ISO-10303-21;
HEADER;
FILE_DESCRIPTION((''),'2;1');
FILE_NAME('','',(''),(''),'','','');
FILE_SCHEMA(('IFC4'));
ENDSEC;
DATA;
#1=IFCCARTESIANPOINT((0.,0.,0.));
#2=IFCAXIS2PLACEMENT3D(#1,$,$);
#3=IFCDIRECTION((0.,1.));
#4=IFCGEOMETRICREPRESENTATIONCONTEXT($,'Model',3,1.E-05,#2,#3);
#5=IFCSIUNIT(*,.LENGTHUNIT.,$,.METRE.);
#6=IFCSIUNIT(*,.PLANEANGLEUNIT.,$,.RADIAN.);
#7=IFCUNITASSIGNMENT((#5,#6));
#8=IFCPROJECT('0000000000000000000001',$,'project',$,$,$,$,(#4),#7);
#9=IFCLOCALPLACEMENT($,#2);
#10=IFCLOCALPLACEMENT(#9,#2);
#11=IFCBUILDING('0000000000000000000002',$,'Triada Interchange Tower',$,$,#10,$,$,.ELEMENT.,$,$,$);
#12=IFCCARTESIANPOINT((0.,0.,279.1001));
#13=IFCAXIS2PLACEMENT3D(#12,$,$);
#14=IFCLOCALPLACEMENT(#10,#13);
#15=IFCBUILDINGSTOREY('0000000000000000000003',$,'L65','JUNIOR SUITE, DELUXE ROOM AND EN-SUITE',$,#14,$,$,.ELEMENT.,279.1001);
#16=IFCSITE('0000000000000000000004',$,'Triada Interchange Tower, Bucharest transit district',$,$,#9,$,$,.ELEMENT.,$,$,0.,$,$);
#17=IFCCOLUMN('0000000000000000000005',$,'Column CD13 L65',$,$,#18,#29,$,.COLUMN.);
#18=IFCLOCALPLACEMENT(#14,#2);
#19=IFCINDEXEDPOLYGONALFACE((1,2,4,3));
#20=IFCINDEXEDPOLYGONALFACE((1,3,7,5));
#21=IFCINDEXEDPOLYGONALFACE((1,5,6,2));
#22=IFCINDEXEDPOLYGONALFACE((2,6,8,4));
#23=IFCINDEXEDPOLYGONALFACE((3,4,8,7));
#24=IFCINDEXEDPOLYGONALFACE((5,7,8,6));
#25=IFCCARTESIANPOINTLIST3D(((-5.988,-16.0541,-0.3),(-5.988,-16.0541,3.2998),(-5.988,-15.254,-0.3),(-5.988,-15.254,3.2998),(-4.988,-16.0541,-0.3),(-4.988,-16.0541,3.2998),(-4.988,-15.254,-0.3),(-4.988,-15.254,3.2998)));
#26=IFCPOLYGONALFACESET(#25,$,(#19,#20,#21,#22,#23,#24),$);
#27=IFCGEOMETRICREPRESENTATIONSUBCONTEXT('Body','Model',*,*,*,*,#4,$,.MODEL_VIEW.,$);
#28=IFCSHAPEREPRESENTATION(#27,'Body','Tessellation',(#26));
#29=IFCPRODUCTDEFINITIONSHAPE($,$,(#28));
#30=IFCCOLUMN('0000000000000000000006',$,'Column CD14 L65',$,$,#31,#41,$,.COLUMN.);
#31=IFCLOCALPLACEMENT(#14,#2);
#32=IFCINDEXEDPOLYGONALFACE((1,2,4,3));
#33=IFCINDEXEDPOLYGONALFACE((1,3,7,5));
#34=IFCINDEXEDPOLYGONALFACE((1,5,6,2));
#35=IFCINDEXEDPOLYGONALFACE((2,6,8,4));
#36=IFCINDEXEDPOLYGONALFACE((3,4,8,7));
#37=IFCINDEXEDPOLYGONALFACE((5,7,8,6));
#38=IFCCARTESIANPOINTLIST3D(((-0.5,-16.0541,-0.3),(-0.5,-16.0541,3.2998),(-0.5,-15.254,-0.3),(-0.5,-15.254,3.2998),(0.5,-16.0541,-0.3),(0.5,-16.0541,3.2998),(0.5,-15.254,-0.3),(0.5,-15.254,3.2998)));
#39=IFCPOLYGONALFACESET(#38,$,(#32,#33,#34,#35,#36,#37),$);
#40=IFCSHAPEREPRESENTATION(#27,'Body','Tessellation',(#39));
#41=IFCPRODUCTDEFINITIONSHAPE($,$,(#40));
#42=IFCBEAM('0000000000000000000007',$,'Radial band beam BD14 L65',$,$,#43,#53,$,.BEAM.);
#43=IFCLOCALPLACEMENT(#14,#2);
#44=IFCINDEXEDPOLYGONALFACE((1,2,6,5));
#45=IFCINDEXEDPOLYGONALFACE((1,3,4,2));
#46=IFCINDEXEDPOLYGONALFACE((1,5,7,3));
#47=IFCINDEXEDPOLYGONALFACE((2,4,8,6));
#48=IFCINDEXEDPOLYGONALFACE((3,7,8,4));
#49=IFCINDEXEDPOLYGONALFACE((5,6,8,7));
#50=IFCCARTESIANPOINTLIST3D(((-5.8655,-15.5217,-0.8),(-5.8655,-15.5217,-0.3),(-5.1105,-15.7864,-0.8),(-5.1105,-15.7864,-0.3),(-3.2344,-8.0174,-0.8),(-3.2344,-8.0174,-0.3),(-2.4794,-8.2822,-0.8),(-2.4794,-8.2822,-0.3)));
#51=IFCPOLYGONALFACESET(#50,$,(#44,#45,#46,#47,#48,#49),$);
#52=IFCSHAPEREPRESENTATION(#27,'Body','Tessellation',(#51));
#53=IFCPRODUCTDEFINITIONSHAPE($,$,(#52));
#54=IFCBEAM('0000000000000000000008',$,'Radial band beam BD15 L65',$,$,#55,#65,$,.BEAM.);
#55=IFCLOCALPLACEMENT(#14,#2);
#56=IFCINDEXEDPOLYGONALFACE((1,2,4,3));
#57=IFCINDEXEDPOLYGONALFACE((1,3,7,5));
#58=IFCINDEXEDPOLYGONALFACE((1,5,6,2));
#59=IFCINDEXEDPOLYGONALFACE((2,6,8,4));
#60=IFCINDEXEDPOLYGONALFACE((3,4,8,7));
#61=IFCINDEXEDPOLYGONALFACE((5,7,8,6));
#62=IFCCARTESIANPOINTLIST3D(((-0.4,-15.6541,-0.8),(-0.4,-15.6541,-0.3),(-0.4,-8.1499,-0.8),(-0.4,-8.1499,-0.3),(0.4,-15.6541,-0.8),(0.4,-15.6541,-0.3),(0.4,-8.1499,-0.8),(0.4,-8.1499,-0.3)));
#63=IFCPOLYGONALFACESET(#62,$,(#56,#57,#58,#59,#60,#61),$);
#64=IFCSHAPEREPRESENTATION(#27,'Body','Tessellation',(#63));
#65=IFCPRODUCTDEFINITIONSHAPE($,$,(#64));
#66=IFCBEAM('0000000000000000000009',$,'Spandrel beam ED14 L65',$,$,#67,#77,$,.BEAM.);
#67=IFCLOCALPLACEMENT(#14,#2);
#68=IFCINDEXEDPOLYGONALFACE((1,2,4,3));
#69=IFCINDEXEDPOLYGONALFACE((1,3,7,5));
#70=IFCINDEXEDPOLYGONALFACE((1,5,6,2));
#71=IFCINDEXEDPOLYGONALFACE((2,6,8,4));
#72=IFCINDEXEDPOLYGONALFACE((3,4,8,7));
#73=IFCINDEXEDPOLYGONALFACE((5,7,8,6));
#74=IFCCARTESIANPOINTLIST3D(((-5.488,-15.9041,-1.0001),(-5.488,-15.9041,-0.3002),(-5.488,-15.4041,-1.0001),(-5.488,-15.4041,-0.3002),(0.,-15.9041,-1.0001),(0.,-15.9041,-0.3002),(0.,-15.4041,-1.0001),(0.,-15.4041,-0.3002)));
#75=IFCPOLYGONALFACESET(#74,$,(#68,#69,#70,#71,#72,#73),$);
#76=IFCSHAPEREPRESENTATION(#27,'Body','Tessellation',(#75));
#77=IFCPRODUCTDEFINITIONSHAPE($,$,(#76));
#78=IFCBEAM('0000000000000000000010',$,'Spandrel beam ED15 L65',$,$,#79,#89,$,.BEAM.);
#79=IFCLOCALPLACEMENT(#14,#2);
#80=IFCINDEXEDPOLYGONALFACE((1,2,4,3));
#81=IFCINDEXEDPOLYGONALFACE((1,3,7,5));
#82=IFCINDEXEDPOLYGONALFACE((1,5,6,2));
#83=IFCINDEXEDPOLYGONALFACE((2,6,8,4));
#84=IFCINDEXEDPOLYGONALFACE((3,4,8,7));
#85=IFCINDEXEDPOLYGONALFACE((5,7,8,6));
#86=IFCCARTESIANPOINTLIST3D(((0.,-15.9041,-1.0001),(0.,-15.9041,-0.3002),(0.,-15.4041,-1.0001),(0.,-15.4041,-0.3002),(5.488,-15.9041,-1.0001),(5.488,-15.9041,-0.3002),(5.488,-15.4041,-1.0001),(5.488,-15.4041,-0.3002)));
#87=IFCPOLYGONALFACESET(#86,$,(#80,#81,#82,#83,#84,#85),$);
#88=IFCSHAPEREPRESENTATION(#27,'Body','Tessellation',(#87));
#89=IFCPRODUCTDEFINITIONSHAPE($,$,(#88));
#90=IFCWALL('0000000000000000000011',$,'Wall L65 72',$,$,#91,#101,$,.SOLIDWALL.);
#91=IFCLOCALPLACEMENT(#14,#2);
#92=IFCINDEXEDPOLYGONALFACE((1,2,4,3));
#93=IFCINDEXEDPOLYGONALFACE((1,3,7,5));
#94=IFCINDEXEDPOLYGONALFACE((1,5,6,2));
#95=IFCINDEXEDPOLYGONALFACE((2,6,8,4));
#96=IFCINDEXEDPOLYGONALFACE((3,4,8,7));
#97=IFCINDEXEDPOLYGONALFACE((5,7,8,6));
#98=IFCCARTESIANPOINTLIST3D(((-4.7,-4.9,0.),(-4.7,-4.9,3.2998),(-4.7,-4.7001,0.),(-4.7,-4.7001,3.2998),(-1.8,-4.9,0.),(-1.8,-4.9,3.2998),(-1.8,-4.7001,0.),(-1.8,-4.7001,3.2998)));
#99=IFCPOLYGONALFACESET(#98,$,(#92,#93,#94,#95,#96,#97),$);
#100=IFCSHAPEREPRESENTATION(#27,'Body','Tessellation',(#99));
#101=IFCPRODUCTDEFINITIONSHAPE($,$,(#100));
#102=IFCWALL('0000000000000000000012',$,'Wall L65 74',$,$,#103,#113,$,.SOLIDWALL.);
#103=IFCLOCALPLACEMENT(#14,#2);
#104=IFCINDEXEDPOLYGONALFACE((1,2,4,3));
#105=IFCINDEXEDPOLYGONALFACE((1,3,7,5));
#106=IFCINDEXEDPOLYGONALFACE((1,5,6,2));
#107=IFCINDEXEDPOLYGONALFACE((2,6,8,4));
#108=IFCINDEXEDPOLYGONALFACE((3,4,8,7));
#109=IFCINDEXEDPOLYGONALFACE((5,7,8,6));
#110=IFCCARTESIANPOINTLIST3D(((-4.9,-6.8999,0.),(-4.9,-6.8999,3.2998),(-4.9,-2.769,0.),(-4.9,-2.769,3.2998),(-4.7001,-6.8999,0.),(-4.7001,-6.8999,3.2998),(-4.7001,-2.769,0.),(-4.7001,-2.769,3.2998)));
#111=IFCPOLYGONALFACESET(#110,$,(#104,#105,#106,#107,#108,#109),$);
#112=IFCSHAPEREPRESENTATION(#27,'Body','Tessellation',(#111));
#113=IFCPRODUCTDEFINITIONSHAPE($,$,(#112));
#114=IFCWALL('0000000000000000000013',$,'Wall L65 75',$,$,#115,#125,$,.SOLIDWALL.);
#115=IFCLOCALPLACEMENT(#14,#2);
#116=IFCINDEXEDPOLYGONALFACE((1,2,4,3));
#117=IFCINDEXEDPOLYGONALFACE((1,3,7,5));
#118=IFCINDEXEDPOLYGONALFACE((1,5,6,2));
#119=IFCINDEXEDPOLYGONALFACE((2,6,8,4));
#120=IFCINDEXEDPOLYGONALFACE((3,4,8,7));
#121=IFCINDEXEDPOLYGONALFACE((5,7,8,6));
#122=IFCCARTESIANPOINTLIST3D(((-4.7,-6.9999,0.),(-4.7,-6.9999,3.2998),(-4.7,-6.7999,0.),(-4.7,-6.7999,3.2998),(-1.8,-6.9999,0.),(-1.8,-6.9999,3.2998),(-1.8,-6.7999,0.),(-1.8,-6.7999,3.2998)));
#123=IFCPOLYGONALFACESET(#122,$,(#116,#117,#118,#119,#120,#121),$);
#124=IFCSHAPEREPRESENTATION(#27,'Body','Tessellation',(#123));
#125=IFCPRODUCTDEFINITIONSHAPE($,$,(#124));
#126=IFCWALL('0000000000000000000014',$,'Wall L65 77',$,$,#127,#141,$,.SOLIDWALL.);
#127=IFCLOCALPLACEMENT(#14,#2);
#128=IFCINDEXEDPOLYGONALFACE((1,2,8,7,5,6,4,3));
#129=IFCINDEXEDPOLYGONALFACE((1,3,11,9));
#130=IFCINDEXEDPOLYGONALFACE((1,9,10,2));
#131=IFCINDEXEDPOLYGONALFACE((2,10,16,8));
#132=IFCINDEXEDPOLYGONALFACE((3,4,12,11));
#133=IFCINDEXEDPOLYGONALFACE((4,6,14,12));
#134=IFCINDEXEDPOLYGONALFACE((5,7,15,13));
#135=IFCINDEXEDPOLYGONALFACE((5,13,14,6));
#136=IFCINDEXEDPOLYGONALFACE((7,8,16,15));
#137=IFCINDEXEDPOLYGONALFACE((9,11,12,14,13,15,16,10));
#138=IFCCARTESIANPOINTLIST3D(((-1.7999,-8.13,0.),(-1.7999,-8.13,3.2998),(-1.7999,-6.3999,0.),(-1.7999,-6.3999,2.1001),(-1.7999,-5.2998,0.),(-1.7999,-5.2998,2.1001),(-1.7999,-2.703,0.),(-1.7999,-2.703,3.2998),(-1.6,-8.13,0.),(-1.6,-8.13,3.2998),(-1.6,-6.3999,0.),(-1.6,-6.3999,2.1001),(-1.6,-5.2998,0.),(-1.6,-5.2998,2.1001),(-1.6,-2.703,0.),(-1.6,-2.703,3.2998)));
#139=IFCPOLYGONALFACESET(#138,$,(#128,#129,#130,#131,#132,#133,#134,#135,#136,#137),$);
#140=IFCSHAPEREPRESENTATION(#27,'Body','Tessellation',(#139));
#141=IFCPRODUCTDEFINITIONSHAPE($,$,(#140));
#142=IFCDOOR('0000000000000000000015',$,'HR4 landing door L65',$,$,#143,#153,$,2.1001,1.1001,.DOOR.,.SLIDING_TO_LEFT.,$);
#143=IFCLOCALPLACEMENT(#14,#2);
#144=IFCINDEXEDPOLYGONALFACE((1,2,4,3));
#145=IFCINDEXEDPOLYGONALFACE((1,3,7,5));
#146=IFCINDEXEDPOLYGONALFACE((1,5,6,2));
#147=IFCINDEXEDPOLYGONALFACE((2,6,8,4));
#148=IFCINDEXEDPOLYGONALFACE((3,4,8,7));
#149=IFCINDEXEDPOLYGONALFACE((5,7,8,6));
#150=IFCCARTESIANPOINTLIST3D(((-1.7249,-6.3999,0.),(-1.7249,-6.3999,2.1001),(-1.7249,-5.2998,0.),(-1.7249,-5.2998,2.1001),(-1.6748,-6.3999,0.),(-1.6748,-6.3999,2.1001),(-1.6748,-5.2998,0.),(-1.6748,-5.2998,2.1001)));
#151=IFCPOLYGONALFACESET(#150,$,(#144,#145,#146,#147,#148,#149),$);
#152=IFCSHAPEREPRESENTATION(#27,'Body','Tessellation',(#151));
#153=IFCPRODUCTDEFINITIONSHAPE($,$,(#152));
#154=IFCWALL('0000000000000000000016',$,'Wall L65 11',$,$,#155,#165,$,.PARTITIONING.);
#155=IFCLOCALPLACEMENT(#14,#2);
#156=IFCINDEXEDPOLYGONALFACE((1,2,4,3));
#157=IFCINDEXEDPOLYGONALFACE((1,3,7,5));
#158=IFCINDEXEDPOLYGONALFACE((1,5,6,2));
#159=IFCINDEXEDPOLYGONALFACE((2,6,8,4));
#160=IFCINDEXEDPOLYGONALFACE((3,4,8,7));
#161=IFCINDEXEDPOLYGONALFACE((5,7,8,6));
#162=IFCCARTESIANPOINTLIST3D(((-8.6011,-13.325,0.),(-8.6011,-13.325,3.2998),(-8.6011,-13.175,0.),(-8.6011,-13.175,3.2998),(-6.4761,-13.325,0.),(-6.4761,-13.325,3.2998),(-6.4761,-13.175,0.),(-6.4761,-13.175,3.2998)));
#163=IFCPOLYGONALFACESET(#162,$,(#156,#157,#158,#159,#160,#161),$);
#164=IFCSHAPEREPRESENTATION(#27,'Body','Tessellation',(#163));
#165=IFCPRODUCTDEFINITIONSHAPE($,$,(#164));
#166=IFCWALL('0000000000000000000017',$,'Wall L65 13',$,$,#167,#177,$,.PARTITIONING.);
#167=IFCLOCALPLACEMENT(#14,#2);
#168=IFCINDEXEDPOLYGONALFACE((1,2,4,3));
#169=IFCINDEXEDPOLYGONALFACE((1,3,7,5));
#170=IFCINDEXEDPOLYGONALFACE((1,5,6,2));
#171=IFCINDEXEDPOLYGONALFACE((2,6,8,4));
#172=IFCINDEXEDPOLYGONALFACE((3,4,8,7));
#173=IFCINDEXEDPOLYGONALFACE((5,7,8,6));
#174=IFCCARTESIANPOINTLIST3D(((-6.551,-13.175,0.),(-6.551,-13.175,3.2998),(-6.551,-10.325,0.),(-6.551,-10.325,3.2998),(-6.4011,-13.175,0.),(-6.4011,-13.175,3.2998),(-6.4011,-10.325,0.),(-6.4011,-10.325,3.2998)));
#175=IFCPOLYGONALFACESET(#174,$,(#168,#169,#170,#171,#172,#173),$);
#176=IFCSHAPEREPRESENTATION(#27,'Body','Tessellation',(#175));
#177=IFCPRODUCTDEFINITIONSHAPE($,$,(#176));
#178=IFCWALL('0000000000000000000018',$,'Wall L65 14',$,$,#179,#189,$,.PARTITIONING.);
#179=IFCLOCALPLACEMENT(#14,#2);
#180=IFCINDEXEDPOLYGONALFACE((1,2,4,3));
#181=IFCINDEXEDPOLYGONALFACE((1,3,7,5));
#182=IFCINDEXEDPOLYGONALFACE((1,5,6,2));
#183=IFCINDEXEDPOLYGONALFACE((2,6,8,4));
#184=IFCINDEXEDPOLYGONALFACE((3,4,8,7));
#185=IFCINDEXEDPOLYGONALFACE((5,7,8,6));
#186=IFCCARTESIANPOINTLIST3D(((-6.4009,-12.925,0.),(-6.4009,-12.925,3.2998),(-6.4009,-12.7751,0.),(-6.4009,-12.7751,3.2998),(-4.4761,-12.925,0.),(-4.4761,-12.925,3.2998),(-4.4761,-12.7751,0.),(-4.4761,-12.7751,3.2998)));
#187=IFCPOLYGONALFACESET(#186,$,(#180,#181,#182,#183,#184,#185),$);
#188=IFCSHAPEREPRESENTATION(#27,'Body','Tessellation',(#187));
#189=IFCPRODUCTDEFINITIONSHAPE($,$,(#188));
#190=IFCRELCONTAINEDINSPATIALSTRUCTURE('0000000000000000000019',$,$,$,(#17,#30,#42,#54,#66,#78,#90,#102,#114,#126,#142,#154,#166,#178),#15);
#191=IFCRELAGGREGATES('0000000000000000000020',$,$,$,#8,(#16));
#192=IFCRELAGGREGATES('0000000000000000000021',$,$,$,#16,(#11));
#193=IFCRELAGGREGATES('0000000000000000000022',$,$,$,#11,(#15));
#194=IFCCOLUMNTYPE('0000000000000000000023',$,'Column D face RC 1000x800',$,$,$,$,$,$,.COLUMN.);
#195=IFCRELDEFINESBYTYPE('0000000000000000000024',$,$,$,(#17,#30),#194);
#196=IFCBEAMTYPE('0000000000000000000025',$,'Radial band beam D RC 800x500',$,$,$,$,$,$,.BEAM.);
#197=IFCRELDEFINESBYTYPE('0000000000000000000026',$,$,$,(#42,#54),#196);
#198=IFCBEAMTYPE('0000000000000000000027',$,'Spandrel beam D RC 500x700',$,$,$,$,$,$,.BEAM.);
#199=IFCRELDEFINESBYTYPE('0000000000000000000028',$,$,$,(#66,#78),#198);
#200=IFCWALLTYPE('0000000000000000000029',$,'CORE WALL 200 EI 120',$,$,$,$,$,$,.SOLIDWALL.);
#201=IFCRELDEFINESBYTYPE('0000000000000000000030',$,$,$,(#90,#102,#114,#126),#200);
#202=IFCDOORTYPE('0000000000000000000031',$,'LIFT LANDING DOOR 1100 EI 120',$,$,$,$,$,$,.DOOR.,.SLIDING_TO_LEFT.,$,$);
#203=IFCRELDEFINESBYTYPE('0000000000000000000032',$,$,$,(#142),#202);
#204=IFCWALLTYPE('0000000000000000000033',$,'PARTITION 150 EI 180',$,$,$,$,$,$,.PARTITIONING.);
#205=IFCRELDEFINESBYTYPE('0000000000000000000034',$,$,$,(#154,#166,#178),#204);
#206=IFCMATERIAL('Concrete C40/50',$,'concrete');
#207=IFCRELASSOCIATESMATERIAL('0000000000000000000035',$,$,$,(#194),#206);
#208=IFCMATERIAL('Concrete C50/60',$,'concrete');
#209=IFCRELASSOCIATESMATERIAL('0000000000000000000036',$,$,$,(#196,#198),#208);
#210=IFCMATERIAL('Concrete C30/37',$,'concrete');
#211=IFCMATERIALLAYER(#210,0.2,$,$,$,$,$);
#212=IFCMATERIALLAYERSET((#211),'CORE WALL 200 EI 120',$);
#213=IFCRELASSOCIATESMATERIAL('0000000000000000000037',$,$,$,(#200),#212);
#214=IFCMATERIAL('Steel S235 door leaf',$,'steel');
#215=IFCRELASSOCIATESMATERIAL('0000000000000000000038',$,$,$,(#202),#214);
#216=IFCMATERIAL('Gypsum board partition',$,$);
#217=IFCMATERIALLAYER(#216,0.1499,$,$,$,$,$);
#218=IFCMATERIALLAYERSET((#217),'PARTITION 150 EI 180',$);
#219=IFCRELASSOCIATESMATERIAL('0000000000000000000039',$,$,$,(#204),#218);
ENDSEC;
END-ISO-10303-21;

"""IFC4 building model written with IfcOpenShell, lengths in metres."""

from ifc_helpers import new_model, si_unit, direction, frame, frame_2d, origin, origin_2d, place, context, subcontext, project, spatial, rectangle, extrude, material, layer, layer_set, material_profile, profile_set, type_object, element, fill, save


model = new_model("IFC4")

# Units and contexts
model_context = context("Model", 3, precision=1e-05, world=origin(), true_north=direction((0.0, 1.0)))
body_context = subcontext(model_context, "Body", "Model", "MODEL_VIEW")
ifc_project = project(units=[si_unit("LENGTHUNIT", "METRE"), si_unit("PLANEANGLEUNIT", "RADIAN")], contexts=[model_context])

# Site, building, storey
site_placement = place(None, origin())
site = spatial("IfcSite", under=ifc_project, at=site_placement, Name="Triada Interchange Tower, Bucharest transit district", CompositionType="ELEMENT", RefElevation=0.0)
building_placement = place(site_placement, origin())
building = spatial("IfcBuilding", under=site, at=building_placement, Name="Triada Interchange Tower", CompositionType="ELEMENT")
storey_placement = place(building_placement, frame((0.0, 0.0, 279.1001)))
storey = spatial("IfcBuildingStorey", under=building, at=storey_placement, Name="L65", Description="JUNIOR SUITE, DELUXE ROOM AND EN-SUITE", CompositionType="ELEMENT", Elevation=279.1001)

# Columns
ifc_material_1 = material(Name="Concrete C40/50", Category="concrete")
ifc_material_profile_1 = material_profile(ifc_material_1, rectangle(XDim=1.0, YDim=0.8, at=origin_2d()), Name="RC 1000x800")
ifc_profile_set_1 = profile_set([ifc_material_profile_1], Name="Concrete C40/50")
column_type = type_object("IfcColumnType", Name="Column D face RC 1000x800", PredefinedType="COLUMN", material=ifc_profile_set_1)
for number, where, z_axis, x_axis, name in (
    (1, (-5.488, -15.6541, -0.3), (0.0, 0.0, 1.0), (1.0, 0.0, 0.0), "Column CD13 L65"),
    (2, (0.0, -15.6541, -0.3), (0.0, 0.0, 1.0), (1.0, 0.0, 0.0), "Column CD14 L65"),
):
    element("IfcColumn", number, at=place(storey_placement, frame(where, z_axis=z_axis, x_axis=x_axis)), inside=storey, type_object=column_type, Name=name, PredefinedType="COLUMN", context=body_context, shape_type="SweptSolid", body=[
        extrude(rectangle(XDim=1.0, YDim=0.8, at=origin_2d()), origin(), (0.0, 0.0, 1.0), 3.5999),
    ])

# Beams
ifc_material_2 = material(Name="Concrete C50/60", Category="concrete")
ifc_material_profile_2 = material_profile(ifc_material_2, rectangle(XDim=0.8, YDim=0.5, at=origin_2d()), Name="RC 800x500")
ifc_profile_set_2 = profile_set([ifc_material_profile_2], Name="Concrete C50/60")
beam_type_1 = type_object("IfcBeamType", Name="Radial band beam D RC 800x500", PredefinedType="BEAM", material=ifc_profile_set_2)
beam_1_placement = place(storey_placement, frame((-5.488, -15.6541, -0.55), z_axis=(0.330871, 0.943676, 0.0), x_axis=(-0.943676, 0.330871, 0.0)))
element("IfcBeam", 3, at=beam_1_placement, inside=storey, type_object=beam_type_1, Name="Radial band beam BD14 L65", PredefinedType="BEAM", context=body_context, shape_type="SweptSolid", body=[
    extrude(rectangle(XDim=0.8, YDim=0.5, at=origin_2d()), origin(), (0.0, 0.0, 1.0), 7.9521),
])
beam_2_placement = place(storey_placement, frame((0.0, -15.6541, -0.55), z_axis=(0.0, 1.0, 0.0), x_axis=(-1.0, 0.0, 0.0)))
element("IfcBeam", 4, at=beam_2_placement, inside=storey, type_object=beam_type_1, Name="Radial band beam BD15 L65", PredefinedType="BEAM", context=body_context, shape_type="SweptSolid", body=[
    extrude(rectangle(XDim=0.8, YDim=0.5, at=origin_2d()), origin(), (0.0, 0.0, 1.0), 7.5042),
])
ifc_material_profile_3 = material_profile(ifc_material_2, rectangle(XDim=0.5, YDim=0.7, at=origin_2d()), Name="RC 500x700")
ifc_profile_set_3 = profile_set([ifc_material_profile_3], Name="Concrete C50/60")
beam_type_2 = type_object("IfcBeamType", Name="Spandrel beam D RC 500x700", PredefinedType="BEAM", material=ifc_profile_set_3)
for number, where, z_axis, x_axis, name in (
    (5, (-5.488, -15.6541, -0.6501), (1.0, 0.0, 0.0), (0.0, 1.0, 0.0), "Spandrel beam ED14 L65"),
    (6, (0.0, -15.6541, -0.6501), (1.0, 0.0, 0.0), (0.0, 1.0, 0.0), "Spandrel beam ED15 L65"),
):
    element("IfcBeam", number, at=place(storey_placement, frame(where, z_axis=z_axis, x_axis=x_axis)), inside=storey, type_object=beam_type_2, Name=name, PredefinedType="BEAM", context=body_context, shape_type="SweptSolid", body=[
        extrude(rectangle(XDim=0.5, YDim=0.7, at=origin_2d()), origin(), (0.0, 0.0, 1.0), 5.488),
    ])

# Walls
ifc_material_3 = material(Name="Concrete C30/37", Category="concrete")
ifc_layer_1 = layer(ifc_material_3, 0.2)
ifc_layer_set_1 = layer_set([ifc_layer_1], Name="CORE WALL 200 EI 120")
wall_type_1 = type_object("IfcWallType", Name="CORE WALL 200 EI 120", PredefinedType="SOLIDWALL", material=ifc_layer_set_1)
wall_1_placement = place(storey_placement, frame((-4.7, -4.8, 0.0), z_axis=(0.0, 0.0, 1.0), x_axis=(1.0, 0.0, 0.0)))
element("IfcWall", 7, at=wall_1_placement, inside=storey, type_object=wall_type_1, Name="Wall L65 72", PredefinedType="SOLIDWALL", context=body_context, shape_type="SweptSolid", body=[
    extrude(rectangle(XDim=2.8999, YDim=0.2, at=frame_2d((1.45, 0.0))), origin(), (0.0, 0.0, 1.0), 3.2998),
])
wall_2_placement = place(storey_placement, frame((-4.8, -6.8999, 0.0), z_axis=(0.0, 0.0, 1.0), x_axis=(0.0, 1.0, 0.0)))
element("IfcWall", 8, at=wall_2_placement, inside=storey, type_object=wall_type_1, Name="Wall L65 74", PredefinedType="SOLIDWALL", context=body_context, shape_type="SweptSolid", body=[
    extrude(rectangle(XDim=4.1309, YDim=0.2, at=frame_2d((2.0654, 0.0))), origin(), (0.0, 0.0, 1.0), 3.2998),
])
wall_3_placement = place(storey_placement, frame((-4.7, -6.8999, 0.0), z_axis=(0.0, 0.0, 1.0), x_axis=(1.0, 0.0, 0.0)))
element("IfcWall", 9, at=wall_3_placement, inside=storey, type_object=wall_type_1, Name="Wall L65 75", PredefinedType="SOLIDWALL", context=body_context, shape_type="SweptSolid", body=[
    extrude(rectangle(XDim=2.8999, YDim=0.2, at=frame_2d((1.45, 0.0))), origin(), (0.0, 0.0, 1.0), 3.2998),
])

# Wall, opening, door
wall_4_placement = place(storey_placement, frame((-1.7, -8.1299, 0.0), z_axis=(0.0, 0.0, 1.0), x_axis=(0.0, 1.0, 0.0)))
wall_4 = element("IfcWall", 10, at=wall_4_placement, inside=storey, type_object=wall_type_1, Name="Wall L65 77", PredefinedType="SOLIDWALL", context=body_context, shape_type="SweptSolid", body=[
    extrude(rectangle(XDim=5.427, YDim=0.2, at=frame_2d((2.7134, 0.0))), origin(), (0.0, 0.0, 1.0), 3.2998),
])
opening_placement = place(wall_4_placement, frame((1.73, 0.0, 0.0)))
opening = element("IfcOpeningElement", 11, at=opening_placement, cuts=wall_4, PredefinedType="OPENING", context=body_context, shape_type="SweptSolid", body=[
    extrude(rectangle(XDim=1.1001, YDim=2.1001, at=frame_2d((0.55, 1.05))), frame((0.0, 0.1099, 0.0), z_axis=(0.0, -1.0, 0.0), x_axis=(1.0, 0.0, 0.0)), (0.0, 0.0, 1.0), 0.22),
])
ifc_material_4 = material(Name="Steel S235 door leaf", Category="steel")
door_type = type_object("IfcDoorType", Name="LIFT LANDING DOOR 1100 EI 120", OperationType="SLIDING_TO_LEFT", PredefinedType="DOOR", material=ifc_material_4)
door_placement = place(opening_placement, origin())
door = element("IfcDoor", 12, at=door_placement, inside=storey, type_object=door_type, Name="HR4 landing door L65", OperationType="SLIDING_TO_LEFT", OverallHeight=2.1001, OverallWidth=1.1001, PredefinedType="DOOR", context=body_context, shape_type="SweptSolid", body=[
    extrude(rectangle(XDim=1.1001, YDim=2.1001, at=frame_2d((0.55, 1.05))), frame((0.0, 0.0249, 0.0), z_axis=(0.0, -1.0, 0.0), x_axis=(1.0, 0.0, 0.0)), (0.0, 0.0, 1.0), 0.05),
])
fill(opening, door)

# Walls
ifc_material_5 = material(Name="Gypsum board partition")
ifc_layer_2 = layer(ifc_material_5, 0.1499)
ifc_layer_set_2 = layer_set([ifc_layer_2], Name="PARTITION 150 EI 180")
wall_type_2 = type_object("IfcWallType", Name="PARTITION 150 EI 180", PredefinedType="PARTITIONING", material=ifc_layer_set_2)
wall_5_placement = place(storey_placement, frame((-8.6011, -13.25, 0.0), z_axis=(0.0, 0.0, 1.0), x_axis=(1.0, 0.0, 0.0)))
element("IfcWall", 13, at=wall_5_placement, inside=storey, type_object=wall_type_2, Name="Wall L65 11", PredefinedType="PARTITIONING", context=body_context, shape_type="SweptSolid", body=[
    extrude(rectangle(XDim=2.125, YDim=0.1499, at=frame_2d((1.0625, 0.0))), origin(), (0.0, 0.0, 1.0), 3.2998),
])
wall_6_placement = place(storey_placement, frame((-6.4761, -13.175, 0.0), z_axis=(0.0, 0.0, 1.0), x_axis=(0.0, 1.0, 0.0)))
element("IfcWall", 14, at=wall_6_placement, inside=storey, type_object=wall_type_2, Name="Wall L65 13", PredefinedType="PARTITIONING", context=body_context, shape_type="SweptSolid", body=[
    extrude(rectangle(XDim=2.8501, YDim=0.1499, at=frame_2d((1.425, 0.0))), origin(), (0.0, 0.0, 1.0), 3.2998),
])
wall_7_placement = place(storey_placement, frame((-6.4009, -12.8501, 0.0), z_axis=(0.0, 0.0, 1.0), x_axis=(1.0, 0.0, 0.0)))
element("IfcWall", 15, at=wall_7_placement, inside=storey, type_object=wall_type_2, Name="Wall L65 14", PredefinedType="PARTITIONING", context=body_context, shape_type="SweptSolid", body=[
    extrude(rectangle(XDim=1.9248, YDim=0.1499, at=frame_2d((0.9624, 0.0))), origin(), (0.0, 0.0, 1.0), 3.2998),
])

save(model, "model.ifc")
